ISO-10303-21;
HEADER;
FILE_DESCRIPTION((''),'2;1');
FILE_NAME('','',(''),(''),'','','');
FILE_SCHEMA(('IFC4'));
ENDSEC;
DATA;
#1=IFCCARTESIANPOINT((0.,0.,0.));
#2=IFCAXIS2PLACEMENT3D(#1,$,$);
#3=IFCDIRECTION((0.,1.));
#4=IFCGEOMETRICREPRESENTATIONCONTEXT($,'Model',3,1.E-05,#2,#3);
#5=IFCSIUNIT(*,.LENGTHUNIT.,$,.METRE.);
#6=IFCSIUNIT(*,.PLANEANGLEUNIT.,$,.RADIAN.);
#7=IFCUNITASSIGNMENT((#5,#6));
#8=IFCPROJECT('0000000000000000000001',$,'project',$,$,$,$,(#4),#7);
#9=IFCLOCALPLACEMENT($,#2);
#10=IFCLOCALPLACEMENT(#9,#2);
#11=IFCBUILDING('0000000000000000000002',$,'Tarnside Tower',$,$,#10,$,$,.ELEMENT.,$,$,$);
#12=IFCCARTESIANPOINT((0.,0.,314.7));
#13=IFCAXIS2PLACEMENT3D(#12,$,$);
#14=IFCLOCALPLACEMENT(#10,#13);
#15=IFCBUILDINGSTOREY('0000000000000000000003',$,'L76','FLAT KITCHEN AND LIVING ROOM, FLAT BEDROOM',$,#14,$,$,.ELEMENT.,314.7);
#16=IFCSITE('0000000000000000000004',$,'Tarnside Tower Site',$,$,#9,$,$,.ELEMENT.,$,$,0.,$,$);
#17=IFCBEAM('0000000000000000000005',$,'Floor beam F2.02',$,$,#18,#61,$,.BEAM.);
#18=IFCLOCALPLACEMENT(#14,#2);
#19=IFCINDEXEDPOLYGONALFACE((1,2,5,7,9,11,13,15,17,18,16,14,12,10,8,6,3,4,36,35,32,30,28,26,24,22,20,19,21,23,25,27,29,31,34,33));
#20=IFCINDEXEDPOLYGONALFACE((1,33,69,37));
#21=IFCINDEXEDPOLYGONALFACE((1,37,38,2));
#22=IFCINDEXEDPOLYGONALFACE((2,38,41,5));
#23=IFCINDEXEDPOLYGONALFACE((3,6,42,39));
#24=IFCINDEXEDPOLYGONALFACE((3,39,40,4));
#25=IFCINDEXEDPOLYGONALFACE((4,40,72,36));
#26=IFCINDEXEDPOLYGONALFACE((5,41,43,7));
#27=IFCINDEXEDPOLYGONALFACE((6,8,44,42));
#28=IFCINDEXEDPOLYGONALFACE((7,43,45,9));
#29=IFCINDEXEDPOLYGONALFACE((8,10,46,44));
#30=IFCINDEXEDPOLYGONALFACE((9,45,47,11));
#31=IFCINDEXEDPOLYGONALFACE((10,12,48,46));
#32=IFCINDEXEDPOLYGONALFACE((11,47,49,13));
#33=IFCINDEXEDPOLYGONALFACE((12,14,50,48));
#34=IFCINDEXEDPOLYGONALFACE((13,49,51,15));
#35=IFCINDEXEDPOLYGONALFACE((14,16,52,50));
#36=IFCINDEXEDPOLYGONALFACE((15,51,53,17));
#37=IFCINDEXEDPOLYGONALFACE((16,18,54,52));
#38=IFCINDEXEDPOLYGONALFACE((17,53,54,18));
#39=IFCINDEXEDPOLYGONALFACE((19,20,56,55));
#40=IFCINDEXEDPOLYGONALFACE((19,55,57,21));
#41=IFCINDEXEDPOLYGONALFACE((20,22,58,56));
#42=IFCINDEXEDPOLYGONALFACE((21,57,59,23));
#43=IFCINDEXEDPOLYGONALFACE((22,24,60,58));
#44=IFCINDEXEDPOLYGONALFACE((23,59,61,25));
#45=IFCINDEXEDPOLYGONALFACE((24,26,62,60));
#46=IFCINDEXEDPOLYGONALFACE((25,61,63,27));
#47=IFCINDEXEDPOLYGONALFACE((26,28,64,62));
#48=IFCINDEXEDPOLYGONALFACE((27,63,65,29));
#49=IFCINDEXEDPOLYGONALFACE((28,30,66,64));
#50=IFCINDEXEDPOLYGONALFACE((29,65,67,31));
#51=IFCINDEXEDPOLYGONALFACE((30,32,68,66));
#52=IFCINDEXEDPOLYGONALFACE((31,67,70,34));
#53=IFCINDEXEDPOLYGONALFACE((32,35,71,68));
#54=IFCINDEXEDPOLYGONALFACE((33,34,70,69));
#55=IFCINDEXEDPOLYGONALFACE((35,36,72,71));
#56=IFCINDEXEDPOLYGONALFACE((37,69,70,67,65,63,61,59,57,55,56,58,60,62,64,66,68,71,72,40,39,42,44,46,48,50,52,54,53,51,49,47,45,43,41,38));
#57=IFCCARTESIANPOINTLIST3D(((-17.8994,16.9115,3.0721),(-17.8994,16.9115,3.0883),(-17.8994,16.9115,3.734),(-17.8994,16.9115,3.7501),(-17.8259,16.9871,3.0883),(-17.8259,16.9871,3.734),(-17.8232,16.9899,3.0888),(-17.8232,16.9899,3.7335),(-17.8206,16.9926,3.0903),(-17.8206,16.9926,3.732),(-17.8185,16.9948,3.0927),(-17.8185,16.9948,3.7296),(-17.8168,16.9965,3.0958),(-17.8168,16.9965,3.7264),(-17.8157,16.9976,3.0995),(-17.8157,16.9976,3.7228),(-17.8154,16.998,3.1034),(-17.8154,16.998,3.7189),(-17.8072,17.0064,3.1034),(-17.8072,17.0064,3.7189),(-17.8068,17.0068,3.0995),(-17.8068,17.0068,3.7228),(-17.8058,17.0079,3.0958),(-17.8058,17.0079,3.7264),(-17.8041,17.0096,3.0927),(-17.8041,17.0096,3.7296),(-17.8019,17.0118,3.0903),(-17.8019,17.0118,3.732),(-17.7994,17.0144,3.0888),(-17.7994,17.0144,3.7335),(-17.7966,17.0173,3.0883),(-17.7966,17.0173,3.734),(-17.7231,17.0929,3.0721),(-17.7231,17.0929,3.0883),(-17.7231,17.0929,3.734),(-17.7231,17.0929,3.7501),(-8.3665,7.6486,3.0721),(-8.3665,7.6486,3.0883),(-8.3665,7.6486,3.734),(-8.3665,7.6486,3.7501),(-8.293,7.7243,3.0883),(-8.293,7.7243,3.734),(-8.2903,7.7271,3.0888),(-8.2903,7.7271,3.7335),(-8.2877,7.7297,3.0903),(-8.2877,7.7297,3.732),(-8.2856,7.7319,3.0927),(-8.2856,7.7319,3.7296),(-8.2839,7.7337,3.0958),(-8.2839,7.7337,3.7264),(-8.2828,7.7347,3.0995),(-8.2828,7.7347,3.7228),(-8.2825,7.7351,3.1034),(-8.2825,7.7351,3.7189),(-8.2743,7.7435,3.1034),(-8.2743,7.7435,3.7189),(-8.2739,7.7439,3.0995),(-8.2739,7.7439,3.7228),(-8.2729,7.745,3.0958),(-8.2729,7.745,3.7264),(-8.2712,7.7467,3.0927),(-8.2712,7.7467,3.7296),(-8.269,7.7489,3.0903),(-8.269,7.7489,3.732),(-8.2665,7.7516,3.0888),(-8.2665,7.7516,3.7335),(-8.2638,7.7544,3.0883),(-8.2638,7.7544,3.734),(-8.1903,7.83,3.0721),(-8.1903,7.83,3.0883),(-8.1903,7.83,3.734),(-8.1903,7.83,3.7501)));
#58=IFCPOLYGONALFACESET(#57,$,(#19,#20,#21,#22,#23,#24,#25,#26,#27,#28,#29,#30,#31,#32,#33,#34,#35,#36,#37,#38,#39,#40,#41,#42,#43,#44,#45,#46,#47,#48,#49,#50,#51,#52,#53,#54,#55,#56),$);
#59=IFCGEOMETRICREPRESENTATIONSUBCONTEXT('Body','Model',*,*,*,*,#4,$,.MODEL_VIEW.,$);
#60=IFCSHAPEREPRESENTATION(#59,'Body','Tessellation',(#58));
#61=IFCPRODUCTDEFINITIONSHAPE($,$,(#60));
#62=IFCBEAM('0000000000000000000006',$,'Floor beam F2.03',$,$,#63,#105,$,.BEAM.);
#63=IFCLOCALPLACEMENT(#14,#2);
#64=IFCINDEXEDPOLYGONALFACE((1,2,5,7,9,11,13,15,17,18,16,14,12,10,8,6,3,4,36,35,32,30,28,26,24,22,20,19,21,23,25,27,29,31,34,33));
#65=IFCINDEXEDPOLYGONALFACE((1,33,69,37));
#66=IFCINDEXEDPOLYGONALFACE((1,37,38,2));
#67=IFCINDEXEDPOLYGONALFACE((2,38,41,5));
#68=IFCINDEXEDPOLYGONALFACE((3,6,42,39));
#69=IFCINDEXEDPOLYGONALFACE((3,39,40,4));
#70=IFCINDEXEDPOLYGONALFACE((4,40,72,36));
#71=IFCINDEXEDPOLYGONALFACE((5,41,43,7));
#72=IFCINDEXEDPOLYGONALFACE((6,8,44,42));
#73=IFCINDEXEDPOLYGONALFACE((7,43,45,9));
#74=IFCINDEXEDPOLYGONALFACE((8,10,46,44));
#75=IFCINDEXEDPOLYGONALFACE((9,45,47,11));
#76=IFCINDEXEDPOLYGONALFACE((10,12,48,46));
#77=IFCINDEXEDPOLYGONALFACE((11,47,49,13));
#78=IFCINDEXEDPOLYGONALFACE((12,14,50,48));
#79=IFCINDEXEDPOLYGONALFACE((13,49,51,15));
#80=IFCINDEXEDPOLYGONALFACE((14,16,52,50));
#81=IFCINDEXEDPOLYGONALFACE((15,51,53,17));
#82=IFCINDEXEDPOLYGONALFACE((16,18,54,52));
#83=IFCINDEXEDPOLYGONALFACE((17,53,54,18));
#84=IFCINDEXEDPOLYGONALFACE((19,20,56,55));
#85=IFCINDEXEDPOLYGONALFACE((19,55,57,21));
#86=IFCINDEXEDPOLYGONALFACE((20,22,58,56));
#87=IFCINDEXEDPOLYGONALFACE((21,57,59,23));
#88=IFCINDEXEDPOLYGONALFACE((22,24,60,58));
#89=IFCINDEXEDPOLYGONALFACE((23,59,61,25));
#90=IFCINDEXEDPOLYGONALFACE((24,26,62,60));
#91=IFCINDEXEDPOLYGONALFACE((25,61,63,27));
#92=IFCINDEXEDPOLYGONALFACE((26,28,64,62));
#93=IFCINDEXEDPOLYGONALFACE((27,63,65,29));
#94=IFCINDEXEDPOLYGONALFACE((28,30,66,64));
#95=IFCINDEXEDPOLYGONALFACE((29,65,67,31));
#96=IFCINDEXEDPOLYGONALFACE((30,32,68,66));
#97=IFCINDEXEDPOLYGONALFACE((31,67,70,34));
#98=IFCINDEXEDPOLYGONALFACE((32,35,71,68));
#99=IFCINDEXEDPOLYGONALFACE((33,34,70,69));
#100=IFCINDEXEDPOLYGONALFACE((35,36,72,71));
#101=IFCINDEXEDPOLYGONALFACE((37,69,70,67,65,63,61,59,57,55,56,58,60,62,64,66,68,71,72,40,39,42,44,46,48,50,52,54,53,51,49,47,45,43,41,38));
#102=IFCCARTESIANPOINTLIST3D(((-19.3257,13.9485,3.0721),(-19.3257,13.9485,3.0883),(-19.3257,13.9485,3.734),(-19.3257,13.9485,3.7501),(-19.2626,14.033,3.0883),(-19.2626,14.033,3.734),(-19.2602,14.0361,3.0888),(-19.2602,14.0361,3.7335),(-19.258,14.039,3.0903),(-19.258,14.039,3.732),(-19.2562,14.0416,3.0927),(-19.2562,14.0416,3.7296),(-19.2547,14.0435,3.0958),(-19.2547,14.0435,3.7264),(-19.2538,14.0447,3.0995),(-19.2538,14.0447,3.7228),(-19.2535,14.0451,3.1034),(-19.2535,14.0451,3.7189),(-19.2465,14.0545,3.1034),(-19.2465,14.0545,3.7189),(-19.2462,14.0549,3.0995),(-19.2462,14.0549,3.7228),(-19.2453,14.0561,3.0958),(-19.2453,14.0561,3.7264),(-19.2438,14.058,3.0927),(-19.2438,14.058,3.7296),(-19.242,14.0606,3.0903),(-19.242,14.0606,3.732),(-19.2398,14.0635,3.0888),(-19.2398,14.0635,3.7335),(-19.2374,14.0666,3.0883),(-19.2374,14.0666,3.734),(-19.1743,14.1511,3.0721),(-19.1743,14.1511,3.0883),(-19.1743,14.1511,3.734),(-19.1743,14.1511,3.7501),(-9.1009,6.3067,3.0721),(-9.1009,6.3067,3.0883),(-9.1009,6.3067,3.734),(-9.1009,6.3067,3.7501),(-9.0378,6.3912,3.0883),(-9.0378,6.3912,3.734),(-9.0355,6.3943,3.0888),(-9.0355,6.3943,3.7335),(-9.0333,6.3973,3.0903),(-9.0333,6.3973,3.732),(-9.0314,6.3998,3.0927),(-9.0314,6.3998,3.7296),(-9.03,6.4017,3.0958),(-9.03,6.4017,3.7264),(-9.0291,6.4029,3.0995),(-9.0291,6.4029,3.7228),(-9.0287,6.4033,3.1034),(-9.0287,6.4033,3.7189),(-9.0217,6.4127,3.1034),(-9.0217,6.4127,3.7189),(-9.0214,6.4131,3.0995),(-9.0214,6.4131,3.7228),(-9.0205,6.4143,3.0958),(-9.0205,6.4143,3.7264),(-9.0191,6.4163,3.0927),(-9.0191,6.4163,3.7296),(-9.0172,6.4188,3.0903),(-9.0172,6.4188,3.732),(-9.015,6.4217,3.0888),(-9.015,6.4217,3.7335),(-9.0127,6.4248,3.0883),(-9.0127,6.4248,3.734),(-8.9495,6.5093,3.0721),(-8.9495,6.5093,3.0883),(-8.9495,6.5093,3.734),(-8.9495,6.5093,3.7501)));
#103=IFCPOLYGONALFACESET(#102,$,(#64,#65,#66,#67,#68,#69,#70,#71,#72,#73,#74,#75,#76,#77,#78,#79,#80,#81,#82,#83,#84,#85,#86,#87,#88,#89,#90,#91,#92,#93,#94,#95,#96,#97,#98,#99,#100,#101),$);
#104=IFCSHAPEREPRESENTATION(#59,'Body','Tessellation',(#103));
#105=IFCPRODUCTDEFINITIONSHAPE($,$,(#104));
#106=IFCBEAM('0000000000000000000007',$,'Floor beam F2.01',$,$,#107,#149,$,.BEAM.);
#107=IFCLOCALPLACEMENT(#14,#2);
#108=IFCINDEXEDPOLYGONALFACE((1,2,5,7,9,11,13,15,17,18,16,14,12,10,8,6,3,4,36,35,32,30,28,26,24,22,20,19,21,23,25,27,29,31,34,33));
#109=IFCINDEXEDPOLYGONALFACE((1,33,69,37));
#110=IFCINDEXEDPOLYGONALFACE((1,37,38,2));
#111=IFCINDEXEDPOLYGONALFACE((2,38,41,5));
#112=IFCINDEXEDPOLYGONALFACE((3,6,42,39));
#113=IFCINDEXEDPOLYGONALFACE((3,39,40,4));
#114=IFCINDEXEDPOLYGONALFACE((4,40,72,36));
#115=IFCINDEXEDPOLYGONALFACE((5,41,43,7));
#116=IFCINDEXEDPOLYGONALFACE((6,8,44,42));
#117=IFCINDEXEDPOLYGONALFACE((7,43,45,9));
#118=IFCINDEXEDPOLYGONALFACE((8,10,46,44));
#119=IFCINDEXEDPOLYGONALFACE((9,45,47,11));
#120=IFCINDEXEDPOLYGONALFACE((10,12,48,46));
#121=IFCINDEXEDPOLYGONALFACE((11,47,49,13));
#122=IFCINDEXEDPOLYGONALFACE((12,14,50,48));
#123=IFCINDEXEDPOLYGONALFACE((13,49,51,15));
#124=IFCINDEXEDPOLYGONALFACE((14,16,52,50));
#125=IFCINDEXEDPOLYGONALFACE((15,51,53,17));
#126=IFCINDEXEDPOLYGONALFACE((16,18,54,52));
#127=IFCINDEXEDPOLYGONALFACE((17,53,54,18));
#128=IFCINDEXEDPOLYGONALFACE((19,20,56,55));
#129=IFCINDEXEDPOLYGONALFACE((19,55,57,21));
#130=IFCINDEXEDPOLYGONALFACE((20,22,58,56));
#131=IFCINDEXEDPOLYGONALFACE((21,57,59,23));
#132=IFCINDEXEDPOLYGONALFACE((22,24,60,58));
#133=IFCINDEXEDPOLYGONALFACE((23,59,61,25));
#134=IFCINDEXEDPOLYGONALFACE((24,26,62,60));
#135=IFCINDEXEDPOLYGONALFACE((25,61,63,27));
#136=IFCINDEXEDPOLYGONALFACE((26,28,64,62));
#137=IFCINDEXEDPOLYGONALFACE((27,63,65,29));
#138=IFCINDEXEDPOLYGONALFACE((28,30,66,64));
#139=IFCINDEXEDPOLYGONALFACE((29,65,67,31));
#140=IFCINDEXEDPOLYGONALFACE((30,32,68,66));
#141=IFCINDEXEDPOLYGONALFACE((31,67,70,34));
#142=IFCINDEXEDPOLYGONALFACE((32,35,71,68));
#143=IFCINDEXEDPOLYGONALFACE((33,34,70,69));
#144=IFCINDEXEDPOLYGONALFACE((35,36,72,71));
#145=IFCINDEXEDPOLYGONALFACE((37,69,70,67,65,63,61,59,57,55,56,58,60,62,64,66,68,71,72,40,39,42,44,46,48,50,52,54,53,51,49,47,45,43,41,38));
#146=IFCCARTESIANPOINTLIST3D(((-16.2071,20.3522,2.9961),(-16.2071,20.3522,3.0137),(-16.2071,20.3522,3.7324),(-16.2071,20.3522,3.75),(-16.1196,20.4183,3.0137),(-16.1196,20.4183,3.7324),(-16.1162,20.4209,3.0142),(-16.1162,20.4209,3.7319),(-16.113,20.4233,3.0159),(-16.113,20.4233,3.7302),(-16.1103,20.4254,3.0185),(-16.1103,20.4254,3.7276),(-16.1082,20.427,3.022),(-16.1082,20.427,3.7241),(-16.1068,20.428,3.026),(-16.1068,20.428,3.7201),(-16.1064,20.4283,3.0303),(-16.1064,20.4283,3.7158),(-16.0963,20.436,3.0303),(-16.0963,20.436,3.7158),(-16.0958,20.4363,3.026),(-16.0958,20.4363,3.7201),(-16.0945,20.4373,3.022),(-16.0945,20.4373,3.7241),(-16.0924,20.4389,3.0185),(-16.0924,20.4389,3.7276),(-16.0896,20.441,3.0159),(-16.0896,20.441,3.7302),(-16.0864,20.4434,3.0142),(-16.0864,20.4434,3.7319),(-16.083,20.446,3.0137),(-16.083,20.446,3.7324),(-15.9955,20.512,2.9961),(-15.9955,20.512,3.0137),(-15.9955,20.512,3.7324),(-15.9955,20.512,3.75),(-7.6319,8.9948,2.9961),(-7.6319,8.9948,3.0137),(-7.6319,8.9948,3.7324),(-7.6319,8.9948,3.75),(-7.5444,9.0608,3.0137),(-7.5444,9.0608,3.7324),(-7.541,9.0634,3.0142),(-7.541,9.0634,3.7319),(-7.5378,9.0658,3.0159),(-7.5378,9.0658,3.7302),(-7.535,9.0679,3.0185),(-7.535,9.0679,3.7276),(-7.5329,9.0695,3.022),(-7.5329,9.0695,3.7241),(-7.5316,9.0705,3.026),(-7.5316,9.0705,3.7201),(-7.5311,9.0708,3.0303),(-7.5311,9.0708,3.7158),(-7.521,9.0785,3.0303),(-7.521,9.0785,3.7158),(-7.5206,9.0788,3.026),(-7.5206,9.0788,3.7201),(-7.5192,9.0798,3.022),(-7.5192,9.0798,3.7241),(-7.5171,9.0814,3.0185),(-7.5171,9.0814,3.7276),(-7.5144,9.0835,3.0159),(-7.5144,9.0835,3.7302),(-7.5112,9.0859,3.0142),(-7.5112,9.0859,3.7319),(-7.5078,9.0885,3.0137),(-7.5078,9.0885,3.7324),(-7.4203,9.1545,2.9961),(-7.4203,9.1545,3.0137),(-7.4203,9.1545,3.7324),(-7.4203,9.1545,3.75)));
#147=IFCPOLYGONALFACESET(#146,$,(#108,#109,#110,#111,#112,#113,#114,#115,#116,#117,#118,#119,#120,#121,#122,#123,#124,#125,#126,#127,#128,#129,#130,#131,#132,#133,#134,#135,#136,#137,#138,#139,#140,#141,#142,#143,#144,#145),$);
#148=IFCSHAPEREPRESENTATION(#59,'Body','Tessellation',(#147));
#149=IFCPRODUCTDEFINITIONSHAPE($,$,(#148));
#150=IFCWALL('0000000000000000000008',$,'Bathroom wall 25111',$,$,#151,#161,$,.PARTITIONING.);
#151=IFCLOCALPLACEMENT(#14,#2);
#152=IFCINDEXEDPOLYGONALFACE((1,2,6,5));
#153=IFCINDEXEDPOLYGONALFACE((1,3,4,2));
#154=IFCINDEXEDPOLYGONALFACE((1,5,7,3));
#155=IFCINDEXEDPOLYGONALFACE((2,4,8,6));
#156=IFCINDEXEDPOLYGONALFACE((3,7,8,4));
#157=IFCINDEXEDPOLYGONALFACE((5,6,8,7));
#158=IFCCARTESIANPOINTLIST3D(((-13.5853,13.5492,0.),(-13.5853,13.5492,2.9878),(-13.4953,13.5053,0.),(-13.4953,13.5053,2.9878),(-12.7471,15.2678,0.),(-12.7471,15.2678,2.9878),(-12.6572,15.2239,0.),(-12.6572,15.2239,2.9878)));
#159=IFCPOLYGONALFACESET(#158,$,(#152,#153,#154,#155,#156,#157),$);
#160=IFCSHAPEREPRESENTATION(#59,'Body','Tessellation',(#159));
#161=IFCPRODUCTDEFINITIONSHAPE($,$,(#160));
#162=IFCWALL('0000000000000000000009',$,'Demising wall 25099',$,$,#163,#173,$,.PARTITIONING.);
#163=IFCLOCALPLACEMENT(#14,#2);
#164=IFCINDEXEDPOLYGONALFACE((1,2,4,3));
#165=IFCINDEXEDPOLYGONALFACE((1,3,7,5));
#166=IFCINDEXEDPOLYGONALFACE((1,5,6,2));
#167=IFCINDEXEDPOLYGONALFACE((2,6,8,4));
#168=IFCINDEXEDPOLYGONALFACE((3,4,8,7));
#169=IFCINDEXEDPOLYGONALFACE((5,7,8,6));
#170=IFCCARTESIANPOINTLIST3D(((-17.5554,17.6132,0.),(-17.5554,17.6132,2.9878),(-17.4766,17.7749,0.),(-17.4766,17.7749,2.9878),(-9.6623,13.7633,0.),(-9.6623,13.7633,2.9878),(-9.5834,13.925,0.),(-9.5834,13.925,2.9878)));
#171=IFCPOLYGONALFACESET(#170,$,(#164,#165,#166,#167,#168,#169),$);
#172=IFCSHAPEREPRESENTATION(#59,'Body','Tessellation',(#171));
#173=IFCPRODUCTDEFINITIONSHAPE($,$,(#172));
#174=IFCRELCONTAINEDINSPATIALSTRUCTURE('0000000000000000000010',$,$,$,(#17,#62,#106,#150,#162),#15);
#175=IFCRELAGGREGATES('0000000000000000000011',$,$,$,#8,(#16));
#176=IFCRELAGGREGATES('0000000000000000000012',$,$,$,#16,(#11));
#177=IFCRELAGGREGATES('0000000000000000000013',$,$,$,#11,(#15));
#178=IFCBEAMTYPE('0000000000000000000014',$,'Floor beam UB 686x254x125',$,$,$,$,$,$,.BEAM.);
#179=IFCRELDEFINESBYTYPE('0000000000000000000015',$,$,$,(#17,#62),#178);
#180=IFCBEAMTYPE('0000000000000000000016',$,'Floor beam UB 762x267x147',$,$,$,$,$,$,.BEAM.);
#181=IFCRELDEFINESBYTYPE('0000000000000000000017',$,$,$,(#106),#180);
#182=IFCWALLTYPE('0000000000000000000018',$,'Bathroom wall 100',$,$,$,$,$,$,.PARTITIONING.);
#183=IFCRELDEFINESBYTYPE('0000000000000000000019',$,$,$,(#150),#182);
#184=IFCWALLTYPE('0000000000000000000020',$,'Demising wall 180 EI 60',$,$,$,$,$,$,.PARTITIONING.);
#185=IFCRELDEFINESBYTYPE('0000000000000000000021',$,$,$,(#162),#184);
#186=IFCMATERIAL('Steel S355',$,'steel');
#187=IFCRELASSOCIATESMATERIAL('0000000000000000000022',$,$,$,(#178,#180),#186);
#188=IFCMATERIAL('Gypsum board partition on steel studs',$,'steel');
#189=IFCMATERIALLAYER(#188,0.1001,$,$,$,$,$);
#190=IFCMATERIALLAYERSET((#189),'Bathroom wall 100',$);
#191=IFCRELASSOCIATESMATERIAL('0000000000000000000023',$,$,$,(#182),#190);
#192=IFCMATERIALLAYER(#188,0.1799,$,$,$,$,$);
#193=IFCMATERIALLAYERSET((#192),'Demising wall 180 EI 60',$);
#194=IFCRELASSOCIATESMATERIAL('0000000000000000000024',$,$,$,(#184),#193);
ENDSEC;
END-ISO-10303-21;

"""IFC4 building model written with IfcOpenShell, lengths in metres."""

from ifc_helpers import new_model, si_unit, direction, frame, frame_2d, origin, origin_2d, place, context, subcontext, project, spatial, rectangle, i_section, extrude, material, layer, layer_set, material_profile, profile_set, type_object, element, save


model = new_model("IFC4")

# Units and contexts
model_context = context("Model", 3, precision=1e-05, world=origin(), true_north=direction((0.0, 1.0)))
body_context = subcontext(model_context, "Body", "Model", "MODEL_VIEW")
ifc_project = project(units=[si_unit("LENGTHUNIT", "METRE"), si_unit("PLANEANGLEUNIT", "RADIAN")], contexts=[model_context])

# Site, building, storey
site_placement = place(None, origin())
site = spatial("IfcSite", under=ifc_project, at=site_placement, Name="Tarnside Tower Site", CompositionType="ELEMENT", RefElevation=0.0)
building_placement = place(site_placement, origin())
building = spatial("IfcBuilding", under=site, at=building_placement, Name="Tarnside Tower", CompositionType="ELEMENT")
storey_placement = place(building_placement, frame((0.0, 0.0, 314.7)))
storey = spatial("IfcBuildingStorey", under=building, at=storey_placement, Name="L76", Description="FLAT KITCHEN AND LIVING ROOM, FLAT BEDROOM", CompositionType="ELEMENT", Elevation=314.7)

# Beams
ifc_material_1 = material(Name="Steel S355", Category="steel")
ifc_material_profile_1 = material_profile(ifc_material_1, i_section(OverallWidth=0.2529, OverallDepth=0.678, WebThickness=0.0117, FlangeThickness=0.0161, FilletRadius=0.0151, at=origin_2d()), Name="UB 686x254x125")
ifc_profile_set_1 = profile_set([ifc_material_profile_1], Name="Steel S355")
beam_type_1 = type_object("IfcBeamType", Name="Floor beam UB 686x254x125", PredefinedType="BEAM", material=ifc_profile_set_1)
beam_1_placement = place(storey_placement, frame((-17.8113, 17.0022, 3.4111), z_axis=(0.717191, -0.696877, 0.0), x_axis=(0.696877, 0.717191, 0.0)))
element("IfcBeam", 1, at=beam_1_placement, inside=storey, type_object=beam_type_1, Name="Floor beam F2.02", PredefinedType="BEAM", context=body_context, shape_type="SweptSolid", body=[
    extrude(i_section(OverallWidth=0.2529, OverallDepth=0.678, WebThickness=0.0117, FlangeThickness=0.0161, FilletRadius=0.0151, at=origin_2d()), origin(), (0.0, 0.0, 1.0), 13.292),
])
beam_2_placement = place(storey_placement, frame((-19.25, 14.0498, 3.4111), z_axis=(0.801006, -0.598656, 0.0), x_axis=(0.598656, 0.801006, 0.0)))
element("IfcBeam", 2, at=beam_2_placement, inside=storey, type_object=beam_type_1, Name="Floor beam F2.03", PredefinedType="BEAM", context=body_context, shape_type="SweptSolid", body=[
    extrude(i_section(OverallWidth=0.2529, OverallDepth=0.678, WebThickness=0.0117, FlangeThickness=0.0161, FilletRadius=0.0151, at=origin_2d()), origin(), (0.0, 0.0, 1.0), 12.7649),
])
ifc_material_profile_2 = material_profile(ifc_material_1, i_section(OverallWidth=0.2651, OverallDepth=0.7539, WebThickness=0.0127, FlangeThickness=0.0176, FilletRadius=0.0166, at=origin_2d()), Name="UB 762x267x147")
ifc_profile_set_2 = profile_set([ifc_material_profile_2], Name="Steel S355")
beam_type_2 = type_object("IfcBeamType", Name="Floor beam UB 762x267x147", PredefinedType="BEAM", material=ifc_profile_set_2)
beam_3_placement = place(storey_placement, frame((-16.1013, 20.4321, 3.373), z_axis=(0.602566, -0.798069, 0.0), x_axis=(0.798069, 0.602566, 0.0)))
element("IfcBeam", 3, at=beam_3_placement, inside=storey, type_object=beam_type_2, Name="Floor beam F2.01", PredefinedType="BEAM", context=body_context, shape_type="SweptSolid", body=[
    extrude(i_section(OverallWidth=0.2651, OverallDepth=0.7539, WebThickness=0.0127, FlangeThickness=0.0176, FilletRadius=0.0166, at=origin_2d()), origin(), (0.0, 0.0, 1.0), 14.2312),
])

# Walls
ifc_material_2 = material(Name="Gypsum board partition on steel studs", Category="steel")
ifc_layer_1 = layer(ifc_material_2, 0.1001)
ifc_layer_set_1 = layer_set([ifc_layer_1], Name="Bathroom wall 100")
wall_type_1 = type_object("IfcWallType", Name="Bathroom wall 100", PredefinedType="PARTITIONING", material=ifc_layer_set_1)
wall_1_placement = place(storey_placement, frame((-12.7021, 15.2458, 0.0), z_axis=(0.0, 0.0, 1.0), x_axis=(-0.438356, -0.898802, 0.0)))
element("IfcWall", 4, at=wall_1_placement, inside=storey, type_object=wall_type_1, Name="Bathroom wall 25111", PredefinedType="PARTITIONING", context=body_context, shape_type="SweptSolid", body=[
    extrude(rectangle(XDim=1.9121, YDim=0.1001, at=frame_2d((0.9561, 0.0))), origin(), (0.0, 0.0, 1.0), 2.9878),
])
ifc_layer_2 = layer(ifc_material_2, 0.1799)
ifc_layer_set_2 = layer_set([ifc_layer_2], Name="Demising wall 180 EI 60")
wall_type_2 = type_object("IfcWallType", Name="Demising wall 180 EI 60", PredefinedType="PARTITIONING", material=ifc_layer_set_2)
wall_2_placement = place(storey_placement, frame((-17.5161, 17.6941, 0.0), z_axis=(0.0, 0.0, 1.0), x_axis=(0.898787, -0.438385, 0.0)))
element("IfcWall", 5, at=wall_2_placement, inside=storey, type_object=wall_type_2, Name="Demising wall 25099", PredefinedType="PARTITIONING", context=body_context, shape_type="SweptSolid", body=[
    extrude(rectangle(XDim=8.782, YDim=0.1799, at=frame_2d((4.3911, 0.0))), origin(), (0.0, 0.0, 1.0), 2.9878),
])

save(model, "model.ifc")
